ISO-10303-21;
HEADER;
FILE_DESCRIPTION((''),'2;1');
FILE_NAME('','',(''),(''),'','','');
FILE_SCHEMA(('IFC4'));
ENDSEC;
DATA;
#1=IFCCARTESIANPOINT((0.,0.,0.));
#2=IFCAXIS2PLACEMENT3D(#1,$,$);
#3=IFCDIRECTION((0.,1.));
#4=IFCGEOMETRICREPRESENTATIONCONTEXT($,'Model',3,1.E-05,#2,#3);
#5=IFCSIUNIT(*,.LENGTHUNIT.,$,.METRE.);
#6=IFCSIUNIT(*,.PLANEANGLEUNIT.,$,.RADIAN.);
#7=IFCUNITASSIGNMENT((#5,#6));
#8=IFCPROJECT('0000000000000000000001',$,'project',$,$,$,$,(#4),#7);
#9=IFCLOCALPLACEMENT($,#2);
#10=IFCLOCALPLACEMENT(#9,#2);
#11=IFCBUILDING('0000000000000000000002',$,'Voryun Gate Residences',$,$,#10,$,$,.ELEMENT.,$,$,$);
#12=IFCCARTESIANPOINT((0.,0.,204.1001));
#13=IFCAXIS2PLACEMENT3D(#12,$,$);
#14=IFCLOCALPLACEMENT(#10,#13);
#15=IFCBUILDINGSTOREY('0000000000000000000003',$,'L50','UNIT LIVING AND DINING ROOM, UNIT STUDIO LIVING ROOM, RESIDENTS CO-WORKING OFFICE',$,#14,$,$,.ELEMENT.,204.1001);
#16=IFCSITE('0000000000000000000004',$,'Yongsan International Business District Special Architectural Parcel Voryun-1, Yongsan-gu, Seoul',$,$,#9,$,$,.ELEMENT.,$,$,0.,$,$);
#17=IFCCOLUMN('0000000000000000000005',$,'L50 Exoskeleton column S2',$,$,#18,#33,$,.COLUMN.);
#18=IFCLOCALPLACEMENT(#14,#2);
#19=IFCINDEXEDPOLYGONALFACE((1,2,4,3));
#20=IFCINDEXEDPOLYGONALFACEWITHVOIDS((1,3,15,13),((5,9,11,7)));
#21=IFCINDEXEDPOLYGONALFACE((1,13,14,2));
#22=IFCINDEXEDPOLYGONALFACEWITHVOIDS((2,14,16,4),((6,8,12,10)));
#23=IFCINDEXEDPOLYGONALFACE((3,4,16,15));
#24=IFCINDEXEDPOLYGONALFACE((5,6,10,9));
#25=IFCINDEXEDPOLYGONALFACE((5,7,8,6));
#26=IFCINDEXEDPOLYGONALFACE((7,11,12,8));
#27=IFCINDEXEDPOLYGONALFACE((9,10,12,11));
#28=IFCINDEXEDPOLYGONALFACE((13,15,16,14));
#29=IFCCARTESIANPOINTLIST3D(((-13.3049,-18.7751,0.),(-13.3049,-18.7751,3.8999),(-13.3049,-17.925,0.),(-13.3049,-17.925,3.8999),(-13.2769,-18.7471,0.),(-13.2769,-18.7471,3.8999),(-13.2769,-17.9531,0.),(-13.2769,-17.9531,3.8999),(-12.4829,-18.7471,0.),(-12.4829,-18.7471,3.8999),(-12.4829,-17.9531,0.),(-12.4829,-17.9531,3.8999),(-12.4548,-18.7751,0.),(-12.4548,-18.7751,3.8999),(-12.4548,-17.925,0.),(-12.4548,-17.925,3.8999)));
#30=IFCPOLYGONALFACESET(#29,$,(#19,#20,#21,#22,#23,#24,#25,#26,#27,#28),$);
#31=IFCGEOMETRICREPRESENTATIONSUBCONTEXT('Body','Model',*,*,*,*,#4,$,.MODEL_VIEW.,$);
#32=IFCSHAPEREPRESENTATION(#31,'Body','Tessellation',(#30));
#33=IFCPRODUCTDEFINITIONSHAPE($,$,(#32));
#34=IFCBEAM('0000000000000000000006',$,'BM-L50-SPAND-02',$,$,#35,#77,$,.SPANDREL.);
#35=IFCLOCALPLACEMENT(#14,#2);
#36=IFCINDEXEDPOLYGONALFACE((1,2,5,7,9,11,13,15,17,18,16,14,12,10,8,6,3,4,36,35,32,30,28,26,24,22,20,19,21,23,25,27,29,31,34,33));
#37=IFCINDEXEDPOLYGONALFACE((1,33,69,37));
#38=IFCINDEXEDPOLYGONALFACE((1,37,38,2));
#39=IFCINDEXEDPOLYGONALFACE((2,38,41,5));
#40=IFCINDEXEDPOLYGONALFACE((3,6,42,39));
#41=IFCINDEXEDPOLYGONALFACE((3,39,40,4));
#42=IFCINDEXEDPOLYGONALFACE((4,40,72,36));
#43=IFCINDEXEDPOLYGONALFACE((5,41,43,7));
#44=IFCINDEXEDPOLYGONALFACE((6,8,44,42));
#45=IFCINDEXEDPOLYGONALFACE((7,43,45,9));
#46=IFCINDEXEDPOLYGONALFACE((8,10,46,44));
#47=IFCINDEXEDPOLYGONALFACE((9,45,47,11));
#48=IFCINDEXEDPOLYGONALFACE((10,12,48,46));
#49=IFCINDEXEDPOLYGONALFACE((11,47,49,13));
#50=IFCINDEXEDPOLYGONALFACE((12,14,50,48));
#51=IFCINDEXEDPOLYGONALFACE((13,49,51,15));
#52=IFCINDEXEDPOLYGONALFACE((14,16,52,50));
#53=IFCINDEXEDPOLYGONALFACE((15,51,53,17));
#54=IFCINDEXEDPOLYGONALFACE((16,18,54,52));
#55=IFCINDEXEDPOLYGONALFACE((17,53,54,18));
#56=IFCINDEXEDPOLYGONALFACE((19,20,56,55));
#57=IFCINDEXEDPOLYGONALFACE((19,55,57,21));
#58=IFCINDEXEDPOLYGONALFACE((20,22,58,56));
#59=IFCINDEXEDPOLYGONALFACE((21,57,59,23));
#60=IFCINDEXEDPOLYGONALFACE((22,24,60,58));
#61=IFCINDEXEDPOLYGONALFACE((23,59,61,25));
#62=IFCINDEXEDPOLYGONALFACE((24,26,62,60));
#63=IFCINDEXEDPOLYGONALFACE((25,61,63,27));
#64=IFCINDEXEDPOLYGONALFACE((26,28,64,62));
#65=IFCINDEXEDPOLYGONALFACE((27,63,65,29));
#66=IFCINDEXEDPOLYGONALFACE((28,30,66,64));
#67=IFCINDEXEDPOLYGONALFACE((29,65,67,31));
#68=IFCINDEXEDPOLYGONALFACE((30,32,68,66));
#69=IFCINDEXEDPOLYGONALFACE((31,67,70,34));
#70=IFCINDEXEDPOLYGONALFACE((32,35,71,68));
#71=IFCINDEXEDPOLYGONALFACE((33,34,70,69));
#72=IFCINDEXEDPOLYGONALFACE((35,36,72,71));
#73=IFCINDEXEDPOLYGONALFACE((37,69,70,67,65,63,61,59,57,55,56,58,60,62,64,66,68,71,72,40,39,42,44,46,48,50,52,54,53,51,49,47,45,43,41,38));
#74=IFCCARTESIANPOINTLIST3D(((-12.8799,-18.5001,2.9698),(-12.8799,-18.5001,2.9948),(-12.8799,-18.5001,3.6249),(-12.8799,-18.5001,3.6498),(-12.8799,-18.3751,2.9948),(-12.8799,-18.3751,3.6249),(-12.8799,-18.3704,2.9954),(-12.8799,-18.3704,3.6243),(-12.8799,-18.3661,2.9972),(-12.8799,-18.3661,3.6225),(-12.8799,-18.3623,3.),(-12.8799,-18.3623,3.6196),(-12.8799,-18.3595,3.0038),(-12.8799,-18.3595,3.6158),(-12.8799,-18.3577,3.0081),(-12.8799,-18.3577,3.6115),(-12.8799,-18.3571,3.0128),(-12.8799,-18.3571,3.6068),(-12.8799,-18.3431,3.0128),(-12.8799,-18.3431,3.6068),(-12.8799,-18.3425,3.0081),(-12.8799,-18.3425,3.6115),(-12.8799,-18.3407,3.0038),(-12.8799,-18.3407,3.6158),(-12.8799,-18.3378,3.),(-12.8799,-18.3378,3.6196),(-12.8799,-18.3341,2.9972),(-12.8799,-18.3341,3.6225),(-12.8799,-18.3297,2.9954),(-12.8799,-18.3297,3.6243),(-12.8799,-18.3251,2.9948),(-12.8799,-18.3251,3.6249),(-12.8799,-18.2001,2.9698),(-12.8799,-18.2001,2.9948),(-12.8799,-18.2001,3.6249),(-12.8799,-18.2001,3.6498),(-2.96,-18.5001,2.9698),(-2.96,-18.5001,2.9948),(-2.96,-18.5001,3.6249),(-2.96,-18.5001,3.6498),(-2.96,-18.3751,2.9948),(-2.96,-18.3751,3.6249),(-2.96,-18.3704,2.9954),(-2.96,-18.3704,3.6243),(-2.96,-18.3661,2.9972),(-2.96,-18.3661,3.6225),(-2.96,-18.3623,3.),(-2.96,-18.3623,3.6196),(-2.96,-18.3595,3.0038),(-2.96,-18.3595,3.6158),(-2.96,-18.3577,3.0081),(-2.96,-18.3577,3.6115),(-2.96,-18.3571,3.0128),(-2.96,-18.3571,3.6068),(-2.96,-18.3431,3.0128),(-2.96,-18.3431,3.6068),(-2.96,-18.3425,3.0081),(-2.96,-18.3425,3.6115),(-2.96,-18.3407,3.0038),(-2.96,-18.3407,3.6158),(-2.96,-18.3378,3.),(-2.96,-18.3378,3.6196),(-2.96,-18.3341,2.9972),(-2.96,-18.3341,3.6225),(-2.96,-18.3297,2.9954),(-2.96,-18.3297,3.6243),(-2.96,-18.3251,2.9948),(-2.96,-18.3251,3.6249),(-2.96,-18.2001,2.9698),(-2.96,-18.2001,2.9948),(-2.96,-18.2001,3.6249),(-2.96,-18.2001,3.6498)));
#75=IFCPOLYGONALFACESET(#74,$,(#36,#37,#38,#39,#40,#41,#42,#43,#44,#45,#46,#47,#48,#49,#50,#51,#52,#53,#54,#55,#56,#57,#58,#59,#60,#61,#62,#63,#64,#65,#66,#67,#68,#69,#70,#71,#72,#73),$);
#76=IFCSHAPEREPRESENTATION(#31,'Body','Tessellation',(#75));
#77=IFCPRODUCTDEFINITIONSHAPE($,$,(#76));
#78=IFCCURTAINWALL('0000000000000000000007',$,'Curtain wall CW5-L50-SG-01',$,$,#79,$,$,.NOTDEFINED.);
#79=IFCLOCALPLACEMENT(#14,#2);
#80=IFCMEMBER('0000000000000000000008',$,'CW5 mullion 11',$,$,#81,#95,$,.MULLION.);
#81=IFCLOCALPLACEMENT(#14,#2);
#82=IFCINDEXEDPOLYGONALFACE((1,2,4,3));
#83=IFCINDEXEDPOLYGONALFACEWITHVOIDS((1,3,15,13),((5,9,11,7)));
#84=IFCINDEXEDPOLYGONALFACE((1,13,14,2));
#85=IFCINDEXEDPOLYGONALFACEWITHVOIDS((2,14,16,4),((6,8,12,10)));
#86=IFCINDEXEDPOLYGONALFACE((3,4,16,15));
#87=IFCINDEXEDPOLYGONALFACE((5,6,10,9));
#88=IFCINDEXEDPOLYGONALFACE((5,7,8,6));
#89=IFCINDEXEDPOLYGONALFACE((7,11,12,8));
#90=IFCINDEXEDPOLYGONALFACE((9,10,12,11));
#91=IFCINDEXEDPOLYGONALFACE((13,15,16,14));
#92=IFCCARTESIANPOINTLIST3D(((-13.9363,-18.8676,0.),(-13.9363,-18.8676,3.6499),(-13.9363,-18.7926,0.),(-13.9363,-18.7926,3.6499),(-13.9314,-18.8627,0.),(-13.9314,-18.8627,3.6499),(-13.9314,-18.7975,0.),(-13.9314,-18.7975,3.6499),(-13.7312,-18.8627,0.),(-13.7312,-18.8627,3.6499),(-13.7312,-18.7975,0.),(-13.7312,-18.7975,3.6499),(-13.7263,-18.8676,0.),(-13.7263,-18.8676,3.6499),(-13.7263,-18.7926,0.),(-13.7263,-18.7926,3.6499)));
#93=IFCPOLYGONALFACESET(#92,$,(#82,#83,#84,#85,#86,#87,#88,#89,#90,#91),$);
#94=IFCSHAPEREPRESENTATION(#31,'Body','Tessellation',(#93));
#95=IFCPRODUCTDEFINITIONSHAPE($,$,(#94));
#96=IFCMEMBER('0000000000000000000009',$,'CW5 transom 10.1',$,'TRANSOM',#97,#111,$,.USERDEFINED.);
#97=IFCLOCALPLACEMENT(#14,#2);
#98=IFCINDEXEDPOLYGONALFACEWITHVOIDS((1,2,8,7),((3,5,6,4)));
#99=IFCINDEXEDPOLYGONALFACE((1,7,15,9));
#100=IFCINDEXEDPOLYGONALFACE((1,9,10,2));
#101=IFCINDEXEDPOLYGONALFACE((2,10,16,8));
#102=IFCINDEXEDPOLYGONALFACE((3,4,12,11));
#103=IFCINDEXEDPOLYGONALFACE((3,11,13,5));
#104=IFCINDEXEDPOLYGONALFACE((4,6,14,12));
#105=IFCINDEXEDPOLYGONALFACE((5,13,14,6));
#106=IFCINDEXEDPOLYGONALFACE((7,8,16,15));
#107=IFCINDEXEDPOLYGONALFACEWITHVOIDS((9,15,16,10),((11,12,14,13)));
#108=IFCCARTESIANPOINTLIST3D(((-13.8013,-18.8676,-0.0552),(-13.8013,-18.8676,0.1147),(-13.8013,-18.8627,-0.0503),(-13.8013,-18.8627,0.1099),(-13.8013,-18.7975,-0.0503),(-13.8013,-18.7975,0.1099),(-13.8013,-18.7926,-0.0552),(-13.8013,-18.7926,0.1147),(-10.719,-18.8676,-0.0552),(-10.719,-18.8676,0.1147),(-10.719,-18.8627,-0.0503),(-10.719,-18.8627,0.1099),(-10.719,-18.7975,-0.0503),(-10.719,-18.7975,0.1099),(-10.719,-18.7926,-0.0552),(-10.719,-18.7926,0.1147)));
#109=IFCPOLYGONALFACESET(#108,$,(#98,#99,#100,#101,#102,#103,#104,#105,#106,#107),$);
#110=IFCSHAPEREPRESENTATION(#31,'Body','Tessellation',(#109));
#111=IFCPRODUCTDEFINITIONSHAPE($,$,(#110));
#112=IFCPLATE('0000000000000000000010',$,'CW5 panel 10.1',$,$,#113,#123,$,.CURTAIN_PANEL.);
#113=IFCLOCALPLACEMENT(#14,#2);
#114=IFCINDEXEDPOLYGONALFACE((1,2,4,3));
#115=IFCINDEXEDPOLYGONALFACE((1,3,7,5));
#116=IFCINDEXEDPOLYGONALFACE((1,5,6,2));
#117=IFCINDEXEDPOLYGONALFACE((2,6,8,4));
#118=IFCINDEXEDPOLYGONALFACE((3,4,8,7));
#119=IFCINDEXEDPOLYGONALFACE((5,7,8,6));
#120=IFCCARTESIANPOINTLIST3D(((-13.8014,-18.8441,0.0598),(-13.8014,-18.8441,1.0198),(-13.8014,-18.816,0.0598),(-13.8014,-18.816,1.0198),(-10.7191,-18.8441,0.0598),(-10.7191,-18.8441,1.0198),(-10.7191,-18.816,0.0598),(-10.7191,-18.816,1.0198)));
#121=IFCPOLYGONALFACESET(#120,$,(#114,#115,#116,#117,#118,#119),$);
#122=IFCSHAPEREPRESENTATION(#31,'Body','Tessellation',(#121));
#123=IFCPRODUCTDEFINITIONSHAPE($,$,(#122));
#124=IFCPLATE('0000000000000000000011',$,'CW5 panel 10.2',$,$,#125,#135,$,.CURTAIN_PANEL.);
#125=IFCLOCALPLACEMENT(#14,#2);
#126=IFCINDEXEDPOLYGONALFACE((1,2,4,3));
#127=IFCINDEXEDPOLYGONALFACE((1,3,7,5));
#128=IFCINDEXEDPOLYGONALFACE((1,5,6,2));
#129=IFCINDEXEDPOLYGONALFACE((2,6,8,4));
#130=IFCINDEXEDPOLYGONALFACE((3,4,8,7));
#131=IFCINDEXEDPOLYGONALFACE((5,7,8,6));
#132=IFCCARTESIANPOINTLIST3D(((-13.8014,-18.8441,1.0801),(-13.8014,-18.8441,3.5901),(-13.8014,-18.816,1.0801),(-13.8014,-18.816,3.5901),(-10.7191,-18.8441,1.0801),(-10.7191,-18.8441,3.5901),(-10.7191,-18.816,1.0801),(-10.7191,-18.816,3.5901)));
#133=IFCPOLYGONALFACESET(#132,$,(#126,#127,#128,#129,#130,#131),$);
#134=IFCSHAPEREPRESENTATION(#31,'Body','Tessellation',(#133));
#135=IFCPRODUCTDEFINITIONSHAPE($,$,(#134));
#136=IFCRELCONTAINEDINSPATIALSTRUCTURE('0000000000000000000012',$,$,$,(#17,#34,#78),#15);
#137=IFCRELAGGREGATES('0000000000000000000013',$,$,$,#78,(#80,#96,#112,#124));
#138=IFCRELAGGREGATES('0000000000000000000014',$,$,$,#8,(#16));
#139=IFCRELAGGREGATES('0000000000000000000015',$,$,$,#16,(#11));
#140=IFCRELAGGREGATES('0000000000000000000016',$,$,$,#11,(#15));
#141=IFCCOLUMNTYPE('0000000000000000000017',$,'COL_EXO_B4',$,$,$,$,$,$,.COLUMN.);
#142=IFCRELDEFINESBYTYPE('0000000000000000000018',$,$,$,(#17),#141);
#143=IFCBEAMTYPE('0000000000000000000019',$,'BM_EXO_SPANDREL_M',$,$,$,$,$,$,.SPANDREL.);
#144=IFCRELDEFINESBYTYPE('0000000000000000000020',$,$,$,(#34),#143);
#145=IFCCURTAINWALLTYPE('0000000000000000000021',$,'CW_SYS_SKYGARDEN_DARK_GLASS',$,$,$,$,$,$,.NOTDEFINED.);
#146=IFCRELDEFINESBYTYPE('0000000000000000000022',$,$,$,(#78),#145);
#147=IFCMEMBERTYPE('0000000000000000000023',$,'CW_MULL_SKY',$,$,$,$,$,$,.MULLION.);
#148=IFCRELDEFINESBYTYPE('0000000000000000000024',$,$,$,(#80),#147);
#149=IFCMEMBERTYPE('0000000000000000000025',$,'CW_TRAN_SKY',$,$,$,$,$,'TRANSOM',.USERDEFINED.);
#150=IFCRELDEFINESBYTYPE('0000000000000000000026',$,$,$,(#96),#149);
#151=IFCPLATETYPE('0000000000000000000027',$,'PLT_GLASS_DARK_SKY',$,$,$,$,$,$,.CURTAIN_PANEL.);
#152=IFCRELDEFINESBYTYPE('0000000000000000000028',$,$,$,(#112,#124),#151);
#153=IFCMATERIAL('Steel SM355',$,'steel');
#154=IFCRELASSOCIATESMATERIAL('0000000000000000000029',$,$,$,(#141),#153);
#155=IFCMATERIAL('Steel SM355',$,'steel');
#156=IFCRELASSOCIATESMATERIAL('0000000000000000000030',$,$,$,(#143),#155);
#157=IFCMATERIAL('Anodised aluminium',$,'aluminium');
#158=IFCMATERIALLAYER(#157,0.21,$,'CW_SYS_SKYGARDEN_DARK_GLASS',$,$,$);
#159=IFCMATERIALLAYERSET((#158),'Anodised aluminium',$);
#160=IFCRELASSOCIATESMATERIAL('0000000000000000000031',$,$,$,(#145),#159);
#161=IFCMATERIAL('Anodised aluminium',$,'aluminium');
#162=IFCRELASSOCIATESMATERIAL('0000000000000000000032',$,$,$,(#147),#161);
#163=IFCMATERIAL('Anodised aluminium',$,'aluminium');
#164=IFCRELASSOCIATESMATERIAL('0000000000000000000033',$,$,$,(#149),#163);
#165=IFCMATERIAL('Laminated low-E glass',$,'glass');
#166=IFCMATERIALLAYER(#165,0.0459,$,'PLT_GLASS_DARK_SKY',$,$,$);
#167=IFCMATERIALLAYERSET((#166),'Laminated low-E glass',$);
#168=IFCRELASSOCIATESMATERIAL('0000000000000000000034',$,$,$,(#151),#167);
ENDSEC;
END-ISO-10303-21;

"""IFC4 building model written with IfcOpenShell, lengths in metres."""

from ifc_helpers import new_model, si_unit, direction, frame, origin, origin_2d, place, context, subcontext, project, spatial, rectangle, hollow_rectangle, i_section, extrude, material, layer, layer_set, material_profile, profile_set, type_object, element, aggregate, save


model = new_model("IFC4")

# Units and contexts
model_context = context("Model", 3, precision=1e-05, world=origin(), true_north=direction((0.0, 1.0)))
body_context = subcontext(model_context, "Body", "Model", "MODEL_VIEW")
ifc_project = project(units=[si_unit("LENGTHUNIT", "METRE"), si_unit("PLANEANGLEUNIT", "RADIAN")], contexts=[model_context])

# Site, building, storey
site_placement = place(None, origin())
site = spatial("IfcSite", under=ifc_project, at=site_placement, Name="Yongsan International Business District Special Architectural Parcel Voryun-1, Yongsan-gu, Seoul", CompositionType="ELEMENT", RefElevation=0.0)
building_placement = place(site_placement, origin())
building = spatial("IfcBuilding", under=site, at=building_placement, Name="Voryun Gate Residences", CompositionType="ELEMENT")
storey_placement = place(building_placement, frame((0.0, 0.0, 204.1001)))
storey = spatial("IfcBuildingStorey", under=building, at=storey_placement, Name="L50", Description="UNIT LIVING AND DINING ROOM, UNIT STUDIO LIVING ROOM, RESIDENTS CO-WORKING OFFICE", CompositionType="ELEMENT", Elevation=204.1001)

# Column
ifc_material_1 = material(Name="Steel SM355", Category="steel")
ifc_material_profile_1 = material_profile(ifc_material_1, hollow_rectangle(XDim=0.8501, YDim=0.8501, WallThickness=0.0281, at=origin_2d()), Name="BOX-850x850x28")
ifc_profile_set_1 = profile_set([ifc_material_profile_1], Name="Steel SM355")
column_type = type_object("IfcColumnType", Name="COL_EXO_B4", PredefinedType="COLUMN", material=ifc_profile_set_1)
column_placement = place(storey_placement, frame((-12.8799, -18.3501, 0.0), z_axis=(0.0, 0.0, 1.0), x_axis=(1.0, 0.0, 0.0)))
element("IfcColumn", 1, at=column_placement, inside=storey, type_object=column_type, Name="L50 Exoskeleton column S2", PredefinedType="COLUMN", context=body_context, shape_type="SweptSolid", body=[
    extrude(hollow_rectangle(XDim=0.8501, YDim=0.8501, WallThickness=0.0281, at=origin_2d()), origin(), (0.0, 0.0, 1.0), 3.8999),
])

# Beam
ifc_material_2 = material(Name="Steel SM355", Category="steel")
ifc_material_profile_2 = material_profile(ifc_material_2, i_section(OverallWidth=0.3, OverallDepth=0.6799, WebThickness=0.0139, FlangeThickness=0.0249, FilletRadius=0.0181, at=origin_2d()), Name="H-680x300x14x25")
ifc_profile_set_2 = profile_set([ifc_material_profile_2], Name="Steel SM355")
beam_type = type_object("IfcBeamType", Name="BM_EXO_SPANDREL_M", PredefinedType="SPANDREL", material=ifc_profile_set_2)
beam_placement = place(storey_placement, frame((-12.8799, -18.3501, 3.3098), z_axis=(1.0, 0.0, 0.0), x_axis=(0.0, 1.0, 0.0)))
element("IfcBeam", 2, at=beam_placement, inside=storey, type_object=beam_type, Name="BM-L50-SPAND-02", PredefinedType="SPANDREL", context=body_context, shape_type="SweptSolid", body=[
    extrude(i_section(OverallWidth=0.3, OverallDepth=0.6799, WebThickness=0.0139, FlangeThickness=0.0249, FilletRadius=0.0181, at=origin_2d()), origin(), (0.0, 0.0, 1.0), 9.9199),
])

# Curtain wall, members, plates
ifc_material_3 = material(Name="Anodised aluminium", Category="aluminium")
ifc_layer_1 = layer(ifc_material_3, 0.21, Name="CW_SYS_SKYGARDEN_DARK_GLASS")
ifc_layer_set_1 = layer_set([ifc_layer_1], Name="Anodised aluminium")
curtain_wall_type = type_object("IfcCurtainWallType", Name="CW_SYS_SKYGARDEN_DARK_GLASS", PredefinedType="NOTDEFINED", material=ifc_layer_set_1)
curtain_wall_placement = place(storey_placement, origin())
curtain_wall = element("IfcCurtainWall", 3, at=curtain_wall_placement, inside=storey, type_object=curtain_wall_type, Name="Curtain wall CW5-L50-SG-01", PredefinedType="NOTDEFINED")
ifc_material_4 = material(Name="Anodised aluminium", Category="aluminium")
ifc_material_profile_3 = material_profile(ifc_material_4, hollow_rectangle(XDim=0.075, YDim=0.21, WallThickness=0.0049, at=origin_2d()), Name="ALU-MULL-210x75x5")
ifc_profile_set_3 = profile_set([ifc_material_profile_3], Name="Anodised aluminium")
member_type_1 = type_object("IfcMemberType", Name="CW_MULL_SKY", PredefinedType="MULLION", material=ifc_profile_set_3)
member_1_placement = place(storey_placement, frame((-13.8313, -18.8301, 0.0), z_axis=(0.0, 0.0, 1.0), x_axis=(0.0, -1.0, 0.0)))
member_1 = element("IfcMember", 4, at=member_1_placement, type_object=member_type_1, Name="CW5 mullion 11", PredefinedType="MULLION", context=body_context, shape_type="SweptSolid", body=[
    extrude(hollow_rectangle(XDim=0.075, YDim=0.21, WallThickness=0.0049, at=origin_2d()), origin(), (0.0, 0.0, 1.0), 3.6499),
])
ifc_material_5 = material(Name="Anodised aluminium", Category="aluminium")
ifc_material_profile_4 = material_profile(ifc_material_5, hollow_rectangle(XDim=0.075, YDim=0.1699, WallThickness=0.0049, at=origin_2d()), Name="ALU-TRAN-170x75x5")
ifc_profile_set_4 = profile_set([ifc_material_profile_4], Name="Anodised aluminium")
member_type_2 = type_object("IfcMemberType", Name="CW_TRAN_SKY", ElementType="TRANSOM", PredefinedType="USERDEFINED", material=ifc_profile_set_4)
member_2_placement = place(storey_placement, frame((-10.719, -18.8301, 0.0298), z_axis=(-1.0, 0.0, 0.0), x_axis=(0.0, -1.0, 0.0)))
member_2 = element("IfcMember", 5, at=member_2_placement, type_object=member_type_2, Name="CW5 transom 10.1", ObjectType="TRANSOM", PredefinedType="USERDEFINED", context=body_context, shape_type="SweptSolid", body=[
    extrude(hollow_rectangle(XDim=0.075, YDim=0.1699, WallThickness=0.0049, at=origin_2d()), origin(), (0.0, 0.0, 1.0), 3.0823),
])
ifc_material_6 = material(Name="Laminated low-E glass", Category="glass")
ifc_layer_2 = layer(ifc_material_6, 0.0459, Name="PLT_GLASS_DARK_SKY")
ifc_layer_set_2 = layer_set([ifc_layer_2], Name="Laminated low-E glass")
plate_type = type_object("IfcPlateType", Name="PLT_GLASS_DARK_SKY", PredefinedType="CURTAIN_PANEL", material=ifc_layer_set_2)
plate_1_placement = place(storey_placement, frame((-12.2603, -18.8301, 0.0598), z_axis=(0.0, 0.0, 1.0), x_axis=(-1.0, 0.0, 0.0)))
plate_1 = element("IfcPlate", 6, at=plate_1_placement, type_object=plate_type, Name="CW5 panel 10.1", PredefinedType="CURTAIN_PANEL", context=body_context, shape_type="SweptSolid", body=[
    extrude(rectangle(XDim=3.0823, YDim=0.0281, at=origin_2d()), origin(), (0.0, 0.0, 1.0), 0.96),
])
plate_2_placement = place(storey_placement, frame((-12.2603, -18.8301, 1.0801), z_axis=(0.0, 0.0, 1.0), x_axis=(-1.0, 0.0, 0.0)))
plate_2 = element("IfcPlate", 7, at=plate_2_placement, type_object=plate_type, Name="CW5 panel 10.2", PredefinedType="CURTAIN_PANEL", context=body_context, shape_type="SweptSolid", body=[
    extrude(rectangle(XDim=3.0823, YDim=0.0281, at=origin_2d()), origin(), (0.0, 0.0, 1.0), 2.51),
])
aggregate(curtain_wall, [member_1, member_2, plate_1, plate_2])

save(model, "model.ifc")
